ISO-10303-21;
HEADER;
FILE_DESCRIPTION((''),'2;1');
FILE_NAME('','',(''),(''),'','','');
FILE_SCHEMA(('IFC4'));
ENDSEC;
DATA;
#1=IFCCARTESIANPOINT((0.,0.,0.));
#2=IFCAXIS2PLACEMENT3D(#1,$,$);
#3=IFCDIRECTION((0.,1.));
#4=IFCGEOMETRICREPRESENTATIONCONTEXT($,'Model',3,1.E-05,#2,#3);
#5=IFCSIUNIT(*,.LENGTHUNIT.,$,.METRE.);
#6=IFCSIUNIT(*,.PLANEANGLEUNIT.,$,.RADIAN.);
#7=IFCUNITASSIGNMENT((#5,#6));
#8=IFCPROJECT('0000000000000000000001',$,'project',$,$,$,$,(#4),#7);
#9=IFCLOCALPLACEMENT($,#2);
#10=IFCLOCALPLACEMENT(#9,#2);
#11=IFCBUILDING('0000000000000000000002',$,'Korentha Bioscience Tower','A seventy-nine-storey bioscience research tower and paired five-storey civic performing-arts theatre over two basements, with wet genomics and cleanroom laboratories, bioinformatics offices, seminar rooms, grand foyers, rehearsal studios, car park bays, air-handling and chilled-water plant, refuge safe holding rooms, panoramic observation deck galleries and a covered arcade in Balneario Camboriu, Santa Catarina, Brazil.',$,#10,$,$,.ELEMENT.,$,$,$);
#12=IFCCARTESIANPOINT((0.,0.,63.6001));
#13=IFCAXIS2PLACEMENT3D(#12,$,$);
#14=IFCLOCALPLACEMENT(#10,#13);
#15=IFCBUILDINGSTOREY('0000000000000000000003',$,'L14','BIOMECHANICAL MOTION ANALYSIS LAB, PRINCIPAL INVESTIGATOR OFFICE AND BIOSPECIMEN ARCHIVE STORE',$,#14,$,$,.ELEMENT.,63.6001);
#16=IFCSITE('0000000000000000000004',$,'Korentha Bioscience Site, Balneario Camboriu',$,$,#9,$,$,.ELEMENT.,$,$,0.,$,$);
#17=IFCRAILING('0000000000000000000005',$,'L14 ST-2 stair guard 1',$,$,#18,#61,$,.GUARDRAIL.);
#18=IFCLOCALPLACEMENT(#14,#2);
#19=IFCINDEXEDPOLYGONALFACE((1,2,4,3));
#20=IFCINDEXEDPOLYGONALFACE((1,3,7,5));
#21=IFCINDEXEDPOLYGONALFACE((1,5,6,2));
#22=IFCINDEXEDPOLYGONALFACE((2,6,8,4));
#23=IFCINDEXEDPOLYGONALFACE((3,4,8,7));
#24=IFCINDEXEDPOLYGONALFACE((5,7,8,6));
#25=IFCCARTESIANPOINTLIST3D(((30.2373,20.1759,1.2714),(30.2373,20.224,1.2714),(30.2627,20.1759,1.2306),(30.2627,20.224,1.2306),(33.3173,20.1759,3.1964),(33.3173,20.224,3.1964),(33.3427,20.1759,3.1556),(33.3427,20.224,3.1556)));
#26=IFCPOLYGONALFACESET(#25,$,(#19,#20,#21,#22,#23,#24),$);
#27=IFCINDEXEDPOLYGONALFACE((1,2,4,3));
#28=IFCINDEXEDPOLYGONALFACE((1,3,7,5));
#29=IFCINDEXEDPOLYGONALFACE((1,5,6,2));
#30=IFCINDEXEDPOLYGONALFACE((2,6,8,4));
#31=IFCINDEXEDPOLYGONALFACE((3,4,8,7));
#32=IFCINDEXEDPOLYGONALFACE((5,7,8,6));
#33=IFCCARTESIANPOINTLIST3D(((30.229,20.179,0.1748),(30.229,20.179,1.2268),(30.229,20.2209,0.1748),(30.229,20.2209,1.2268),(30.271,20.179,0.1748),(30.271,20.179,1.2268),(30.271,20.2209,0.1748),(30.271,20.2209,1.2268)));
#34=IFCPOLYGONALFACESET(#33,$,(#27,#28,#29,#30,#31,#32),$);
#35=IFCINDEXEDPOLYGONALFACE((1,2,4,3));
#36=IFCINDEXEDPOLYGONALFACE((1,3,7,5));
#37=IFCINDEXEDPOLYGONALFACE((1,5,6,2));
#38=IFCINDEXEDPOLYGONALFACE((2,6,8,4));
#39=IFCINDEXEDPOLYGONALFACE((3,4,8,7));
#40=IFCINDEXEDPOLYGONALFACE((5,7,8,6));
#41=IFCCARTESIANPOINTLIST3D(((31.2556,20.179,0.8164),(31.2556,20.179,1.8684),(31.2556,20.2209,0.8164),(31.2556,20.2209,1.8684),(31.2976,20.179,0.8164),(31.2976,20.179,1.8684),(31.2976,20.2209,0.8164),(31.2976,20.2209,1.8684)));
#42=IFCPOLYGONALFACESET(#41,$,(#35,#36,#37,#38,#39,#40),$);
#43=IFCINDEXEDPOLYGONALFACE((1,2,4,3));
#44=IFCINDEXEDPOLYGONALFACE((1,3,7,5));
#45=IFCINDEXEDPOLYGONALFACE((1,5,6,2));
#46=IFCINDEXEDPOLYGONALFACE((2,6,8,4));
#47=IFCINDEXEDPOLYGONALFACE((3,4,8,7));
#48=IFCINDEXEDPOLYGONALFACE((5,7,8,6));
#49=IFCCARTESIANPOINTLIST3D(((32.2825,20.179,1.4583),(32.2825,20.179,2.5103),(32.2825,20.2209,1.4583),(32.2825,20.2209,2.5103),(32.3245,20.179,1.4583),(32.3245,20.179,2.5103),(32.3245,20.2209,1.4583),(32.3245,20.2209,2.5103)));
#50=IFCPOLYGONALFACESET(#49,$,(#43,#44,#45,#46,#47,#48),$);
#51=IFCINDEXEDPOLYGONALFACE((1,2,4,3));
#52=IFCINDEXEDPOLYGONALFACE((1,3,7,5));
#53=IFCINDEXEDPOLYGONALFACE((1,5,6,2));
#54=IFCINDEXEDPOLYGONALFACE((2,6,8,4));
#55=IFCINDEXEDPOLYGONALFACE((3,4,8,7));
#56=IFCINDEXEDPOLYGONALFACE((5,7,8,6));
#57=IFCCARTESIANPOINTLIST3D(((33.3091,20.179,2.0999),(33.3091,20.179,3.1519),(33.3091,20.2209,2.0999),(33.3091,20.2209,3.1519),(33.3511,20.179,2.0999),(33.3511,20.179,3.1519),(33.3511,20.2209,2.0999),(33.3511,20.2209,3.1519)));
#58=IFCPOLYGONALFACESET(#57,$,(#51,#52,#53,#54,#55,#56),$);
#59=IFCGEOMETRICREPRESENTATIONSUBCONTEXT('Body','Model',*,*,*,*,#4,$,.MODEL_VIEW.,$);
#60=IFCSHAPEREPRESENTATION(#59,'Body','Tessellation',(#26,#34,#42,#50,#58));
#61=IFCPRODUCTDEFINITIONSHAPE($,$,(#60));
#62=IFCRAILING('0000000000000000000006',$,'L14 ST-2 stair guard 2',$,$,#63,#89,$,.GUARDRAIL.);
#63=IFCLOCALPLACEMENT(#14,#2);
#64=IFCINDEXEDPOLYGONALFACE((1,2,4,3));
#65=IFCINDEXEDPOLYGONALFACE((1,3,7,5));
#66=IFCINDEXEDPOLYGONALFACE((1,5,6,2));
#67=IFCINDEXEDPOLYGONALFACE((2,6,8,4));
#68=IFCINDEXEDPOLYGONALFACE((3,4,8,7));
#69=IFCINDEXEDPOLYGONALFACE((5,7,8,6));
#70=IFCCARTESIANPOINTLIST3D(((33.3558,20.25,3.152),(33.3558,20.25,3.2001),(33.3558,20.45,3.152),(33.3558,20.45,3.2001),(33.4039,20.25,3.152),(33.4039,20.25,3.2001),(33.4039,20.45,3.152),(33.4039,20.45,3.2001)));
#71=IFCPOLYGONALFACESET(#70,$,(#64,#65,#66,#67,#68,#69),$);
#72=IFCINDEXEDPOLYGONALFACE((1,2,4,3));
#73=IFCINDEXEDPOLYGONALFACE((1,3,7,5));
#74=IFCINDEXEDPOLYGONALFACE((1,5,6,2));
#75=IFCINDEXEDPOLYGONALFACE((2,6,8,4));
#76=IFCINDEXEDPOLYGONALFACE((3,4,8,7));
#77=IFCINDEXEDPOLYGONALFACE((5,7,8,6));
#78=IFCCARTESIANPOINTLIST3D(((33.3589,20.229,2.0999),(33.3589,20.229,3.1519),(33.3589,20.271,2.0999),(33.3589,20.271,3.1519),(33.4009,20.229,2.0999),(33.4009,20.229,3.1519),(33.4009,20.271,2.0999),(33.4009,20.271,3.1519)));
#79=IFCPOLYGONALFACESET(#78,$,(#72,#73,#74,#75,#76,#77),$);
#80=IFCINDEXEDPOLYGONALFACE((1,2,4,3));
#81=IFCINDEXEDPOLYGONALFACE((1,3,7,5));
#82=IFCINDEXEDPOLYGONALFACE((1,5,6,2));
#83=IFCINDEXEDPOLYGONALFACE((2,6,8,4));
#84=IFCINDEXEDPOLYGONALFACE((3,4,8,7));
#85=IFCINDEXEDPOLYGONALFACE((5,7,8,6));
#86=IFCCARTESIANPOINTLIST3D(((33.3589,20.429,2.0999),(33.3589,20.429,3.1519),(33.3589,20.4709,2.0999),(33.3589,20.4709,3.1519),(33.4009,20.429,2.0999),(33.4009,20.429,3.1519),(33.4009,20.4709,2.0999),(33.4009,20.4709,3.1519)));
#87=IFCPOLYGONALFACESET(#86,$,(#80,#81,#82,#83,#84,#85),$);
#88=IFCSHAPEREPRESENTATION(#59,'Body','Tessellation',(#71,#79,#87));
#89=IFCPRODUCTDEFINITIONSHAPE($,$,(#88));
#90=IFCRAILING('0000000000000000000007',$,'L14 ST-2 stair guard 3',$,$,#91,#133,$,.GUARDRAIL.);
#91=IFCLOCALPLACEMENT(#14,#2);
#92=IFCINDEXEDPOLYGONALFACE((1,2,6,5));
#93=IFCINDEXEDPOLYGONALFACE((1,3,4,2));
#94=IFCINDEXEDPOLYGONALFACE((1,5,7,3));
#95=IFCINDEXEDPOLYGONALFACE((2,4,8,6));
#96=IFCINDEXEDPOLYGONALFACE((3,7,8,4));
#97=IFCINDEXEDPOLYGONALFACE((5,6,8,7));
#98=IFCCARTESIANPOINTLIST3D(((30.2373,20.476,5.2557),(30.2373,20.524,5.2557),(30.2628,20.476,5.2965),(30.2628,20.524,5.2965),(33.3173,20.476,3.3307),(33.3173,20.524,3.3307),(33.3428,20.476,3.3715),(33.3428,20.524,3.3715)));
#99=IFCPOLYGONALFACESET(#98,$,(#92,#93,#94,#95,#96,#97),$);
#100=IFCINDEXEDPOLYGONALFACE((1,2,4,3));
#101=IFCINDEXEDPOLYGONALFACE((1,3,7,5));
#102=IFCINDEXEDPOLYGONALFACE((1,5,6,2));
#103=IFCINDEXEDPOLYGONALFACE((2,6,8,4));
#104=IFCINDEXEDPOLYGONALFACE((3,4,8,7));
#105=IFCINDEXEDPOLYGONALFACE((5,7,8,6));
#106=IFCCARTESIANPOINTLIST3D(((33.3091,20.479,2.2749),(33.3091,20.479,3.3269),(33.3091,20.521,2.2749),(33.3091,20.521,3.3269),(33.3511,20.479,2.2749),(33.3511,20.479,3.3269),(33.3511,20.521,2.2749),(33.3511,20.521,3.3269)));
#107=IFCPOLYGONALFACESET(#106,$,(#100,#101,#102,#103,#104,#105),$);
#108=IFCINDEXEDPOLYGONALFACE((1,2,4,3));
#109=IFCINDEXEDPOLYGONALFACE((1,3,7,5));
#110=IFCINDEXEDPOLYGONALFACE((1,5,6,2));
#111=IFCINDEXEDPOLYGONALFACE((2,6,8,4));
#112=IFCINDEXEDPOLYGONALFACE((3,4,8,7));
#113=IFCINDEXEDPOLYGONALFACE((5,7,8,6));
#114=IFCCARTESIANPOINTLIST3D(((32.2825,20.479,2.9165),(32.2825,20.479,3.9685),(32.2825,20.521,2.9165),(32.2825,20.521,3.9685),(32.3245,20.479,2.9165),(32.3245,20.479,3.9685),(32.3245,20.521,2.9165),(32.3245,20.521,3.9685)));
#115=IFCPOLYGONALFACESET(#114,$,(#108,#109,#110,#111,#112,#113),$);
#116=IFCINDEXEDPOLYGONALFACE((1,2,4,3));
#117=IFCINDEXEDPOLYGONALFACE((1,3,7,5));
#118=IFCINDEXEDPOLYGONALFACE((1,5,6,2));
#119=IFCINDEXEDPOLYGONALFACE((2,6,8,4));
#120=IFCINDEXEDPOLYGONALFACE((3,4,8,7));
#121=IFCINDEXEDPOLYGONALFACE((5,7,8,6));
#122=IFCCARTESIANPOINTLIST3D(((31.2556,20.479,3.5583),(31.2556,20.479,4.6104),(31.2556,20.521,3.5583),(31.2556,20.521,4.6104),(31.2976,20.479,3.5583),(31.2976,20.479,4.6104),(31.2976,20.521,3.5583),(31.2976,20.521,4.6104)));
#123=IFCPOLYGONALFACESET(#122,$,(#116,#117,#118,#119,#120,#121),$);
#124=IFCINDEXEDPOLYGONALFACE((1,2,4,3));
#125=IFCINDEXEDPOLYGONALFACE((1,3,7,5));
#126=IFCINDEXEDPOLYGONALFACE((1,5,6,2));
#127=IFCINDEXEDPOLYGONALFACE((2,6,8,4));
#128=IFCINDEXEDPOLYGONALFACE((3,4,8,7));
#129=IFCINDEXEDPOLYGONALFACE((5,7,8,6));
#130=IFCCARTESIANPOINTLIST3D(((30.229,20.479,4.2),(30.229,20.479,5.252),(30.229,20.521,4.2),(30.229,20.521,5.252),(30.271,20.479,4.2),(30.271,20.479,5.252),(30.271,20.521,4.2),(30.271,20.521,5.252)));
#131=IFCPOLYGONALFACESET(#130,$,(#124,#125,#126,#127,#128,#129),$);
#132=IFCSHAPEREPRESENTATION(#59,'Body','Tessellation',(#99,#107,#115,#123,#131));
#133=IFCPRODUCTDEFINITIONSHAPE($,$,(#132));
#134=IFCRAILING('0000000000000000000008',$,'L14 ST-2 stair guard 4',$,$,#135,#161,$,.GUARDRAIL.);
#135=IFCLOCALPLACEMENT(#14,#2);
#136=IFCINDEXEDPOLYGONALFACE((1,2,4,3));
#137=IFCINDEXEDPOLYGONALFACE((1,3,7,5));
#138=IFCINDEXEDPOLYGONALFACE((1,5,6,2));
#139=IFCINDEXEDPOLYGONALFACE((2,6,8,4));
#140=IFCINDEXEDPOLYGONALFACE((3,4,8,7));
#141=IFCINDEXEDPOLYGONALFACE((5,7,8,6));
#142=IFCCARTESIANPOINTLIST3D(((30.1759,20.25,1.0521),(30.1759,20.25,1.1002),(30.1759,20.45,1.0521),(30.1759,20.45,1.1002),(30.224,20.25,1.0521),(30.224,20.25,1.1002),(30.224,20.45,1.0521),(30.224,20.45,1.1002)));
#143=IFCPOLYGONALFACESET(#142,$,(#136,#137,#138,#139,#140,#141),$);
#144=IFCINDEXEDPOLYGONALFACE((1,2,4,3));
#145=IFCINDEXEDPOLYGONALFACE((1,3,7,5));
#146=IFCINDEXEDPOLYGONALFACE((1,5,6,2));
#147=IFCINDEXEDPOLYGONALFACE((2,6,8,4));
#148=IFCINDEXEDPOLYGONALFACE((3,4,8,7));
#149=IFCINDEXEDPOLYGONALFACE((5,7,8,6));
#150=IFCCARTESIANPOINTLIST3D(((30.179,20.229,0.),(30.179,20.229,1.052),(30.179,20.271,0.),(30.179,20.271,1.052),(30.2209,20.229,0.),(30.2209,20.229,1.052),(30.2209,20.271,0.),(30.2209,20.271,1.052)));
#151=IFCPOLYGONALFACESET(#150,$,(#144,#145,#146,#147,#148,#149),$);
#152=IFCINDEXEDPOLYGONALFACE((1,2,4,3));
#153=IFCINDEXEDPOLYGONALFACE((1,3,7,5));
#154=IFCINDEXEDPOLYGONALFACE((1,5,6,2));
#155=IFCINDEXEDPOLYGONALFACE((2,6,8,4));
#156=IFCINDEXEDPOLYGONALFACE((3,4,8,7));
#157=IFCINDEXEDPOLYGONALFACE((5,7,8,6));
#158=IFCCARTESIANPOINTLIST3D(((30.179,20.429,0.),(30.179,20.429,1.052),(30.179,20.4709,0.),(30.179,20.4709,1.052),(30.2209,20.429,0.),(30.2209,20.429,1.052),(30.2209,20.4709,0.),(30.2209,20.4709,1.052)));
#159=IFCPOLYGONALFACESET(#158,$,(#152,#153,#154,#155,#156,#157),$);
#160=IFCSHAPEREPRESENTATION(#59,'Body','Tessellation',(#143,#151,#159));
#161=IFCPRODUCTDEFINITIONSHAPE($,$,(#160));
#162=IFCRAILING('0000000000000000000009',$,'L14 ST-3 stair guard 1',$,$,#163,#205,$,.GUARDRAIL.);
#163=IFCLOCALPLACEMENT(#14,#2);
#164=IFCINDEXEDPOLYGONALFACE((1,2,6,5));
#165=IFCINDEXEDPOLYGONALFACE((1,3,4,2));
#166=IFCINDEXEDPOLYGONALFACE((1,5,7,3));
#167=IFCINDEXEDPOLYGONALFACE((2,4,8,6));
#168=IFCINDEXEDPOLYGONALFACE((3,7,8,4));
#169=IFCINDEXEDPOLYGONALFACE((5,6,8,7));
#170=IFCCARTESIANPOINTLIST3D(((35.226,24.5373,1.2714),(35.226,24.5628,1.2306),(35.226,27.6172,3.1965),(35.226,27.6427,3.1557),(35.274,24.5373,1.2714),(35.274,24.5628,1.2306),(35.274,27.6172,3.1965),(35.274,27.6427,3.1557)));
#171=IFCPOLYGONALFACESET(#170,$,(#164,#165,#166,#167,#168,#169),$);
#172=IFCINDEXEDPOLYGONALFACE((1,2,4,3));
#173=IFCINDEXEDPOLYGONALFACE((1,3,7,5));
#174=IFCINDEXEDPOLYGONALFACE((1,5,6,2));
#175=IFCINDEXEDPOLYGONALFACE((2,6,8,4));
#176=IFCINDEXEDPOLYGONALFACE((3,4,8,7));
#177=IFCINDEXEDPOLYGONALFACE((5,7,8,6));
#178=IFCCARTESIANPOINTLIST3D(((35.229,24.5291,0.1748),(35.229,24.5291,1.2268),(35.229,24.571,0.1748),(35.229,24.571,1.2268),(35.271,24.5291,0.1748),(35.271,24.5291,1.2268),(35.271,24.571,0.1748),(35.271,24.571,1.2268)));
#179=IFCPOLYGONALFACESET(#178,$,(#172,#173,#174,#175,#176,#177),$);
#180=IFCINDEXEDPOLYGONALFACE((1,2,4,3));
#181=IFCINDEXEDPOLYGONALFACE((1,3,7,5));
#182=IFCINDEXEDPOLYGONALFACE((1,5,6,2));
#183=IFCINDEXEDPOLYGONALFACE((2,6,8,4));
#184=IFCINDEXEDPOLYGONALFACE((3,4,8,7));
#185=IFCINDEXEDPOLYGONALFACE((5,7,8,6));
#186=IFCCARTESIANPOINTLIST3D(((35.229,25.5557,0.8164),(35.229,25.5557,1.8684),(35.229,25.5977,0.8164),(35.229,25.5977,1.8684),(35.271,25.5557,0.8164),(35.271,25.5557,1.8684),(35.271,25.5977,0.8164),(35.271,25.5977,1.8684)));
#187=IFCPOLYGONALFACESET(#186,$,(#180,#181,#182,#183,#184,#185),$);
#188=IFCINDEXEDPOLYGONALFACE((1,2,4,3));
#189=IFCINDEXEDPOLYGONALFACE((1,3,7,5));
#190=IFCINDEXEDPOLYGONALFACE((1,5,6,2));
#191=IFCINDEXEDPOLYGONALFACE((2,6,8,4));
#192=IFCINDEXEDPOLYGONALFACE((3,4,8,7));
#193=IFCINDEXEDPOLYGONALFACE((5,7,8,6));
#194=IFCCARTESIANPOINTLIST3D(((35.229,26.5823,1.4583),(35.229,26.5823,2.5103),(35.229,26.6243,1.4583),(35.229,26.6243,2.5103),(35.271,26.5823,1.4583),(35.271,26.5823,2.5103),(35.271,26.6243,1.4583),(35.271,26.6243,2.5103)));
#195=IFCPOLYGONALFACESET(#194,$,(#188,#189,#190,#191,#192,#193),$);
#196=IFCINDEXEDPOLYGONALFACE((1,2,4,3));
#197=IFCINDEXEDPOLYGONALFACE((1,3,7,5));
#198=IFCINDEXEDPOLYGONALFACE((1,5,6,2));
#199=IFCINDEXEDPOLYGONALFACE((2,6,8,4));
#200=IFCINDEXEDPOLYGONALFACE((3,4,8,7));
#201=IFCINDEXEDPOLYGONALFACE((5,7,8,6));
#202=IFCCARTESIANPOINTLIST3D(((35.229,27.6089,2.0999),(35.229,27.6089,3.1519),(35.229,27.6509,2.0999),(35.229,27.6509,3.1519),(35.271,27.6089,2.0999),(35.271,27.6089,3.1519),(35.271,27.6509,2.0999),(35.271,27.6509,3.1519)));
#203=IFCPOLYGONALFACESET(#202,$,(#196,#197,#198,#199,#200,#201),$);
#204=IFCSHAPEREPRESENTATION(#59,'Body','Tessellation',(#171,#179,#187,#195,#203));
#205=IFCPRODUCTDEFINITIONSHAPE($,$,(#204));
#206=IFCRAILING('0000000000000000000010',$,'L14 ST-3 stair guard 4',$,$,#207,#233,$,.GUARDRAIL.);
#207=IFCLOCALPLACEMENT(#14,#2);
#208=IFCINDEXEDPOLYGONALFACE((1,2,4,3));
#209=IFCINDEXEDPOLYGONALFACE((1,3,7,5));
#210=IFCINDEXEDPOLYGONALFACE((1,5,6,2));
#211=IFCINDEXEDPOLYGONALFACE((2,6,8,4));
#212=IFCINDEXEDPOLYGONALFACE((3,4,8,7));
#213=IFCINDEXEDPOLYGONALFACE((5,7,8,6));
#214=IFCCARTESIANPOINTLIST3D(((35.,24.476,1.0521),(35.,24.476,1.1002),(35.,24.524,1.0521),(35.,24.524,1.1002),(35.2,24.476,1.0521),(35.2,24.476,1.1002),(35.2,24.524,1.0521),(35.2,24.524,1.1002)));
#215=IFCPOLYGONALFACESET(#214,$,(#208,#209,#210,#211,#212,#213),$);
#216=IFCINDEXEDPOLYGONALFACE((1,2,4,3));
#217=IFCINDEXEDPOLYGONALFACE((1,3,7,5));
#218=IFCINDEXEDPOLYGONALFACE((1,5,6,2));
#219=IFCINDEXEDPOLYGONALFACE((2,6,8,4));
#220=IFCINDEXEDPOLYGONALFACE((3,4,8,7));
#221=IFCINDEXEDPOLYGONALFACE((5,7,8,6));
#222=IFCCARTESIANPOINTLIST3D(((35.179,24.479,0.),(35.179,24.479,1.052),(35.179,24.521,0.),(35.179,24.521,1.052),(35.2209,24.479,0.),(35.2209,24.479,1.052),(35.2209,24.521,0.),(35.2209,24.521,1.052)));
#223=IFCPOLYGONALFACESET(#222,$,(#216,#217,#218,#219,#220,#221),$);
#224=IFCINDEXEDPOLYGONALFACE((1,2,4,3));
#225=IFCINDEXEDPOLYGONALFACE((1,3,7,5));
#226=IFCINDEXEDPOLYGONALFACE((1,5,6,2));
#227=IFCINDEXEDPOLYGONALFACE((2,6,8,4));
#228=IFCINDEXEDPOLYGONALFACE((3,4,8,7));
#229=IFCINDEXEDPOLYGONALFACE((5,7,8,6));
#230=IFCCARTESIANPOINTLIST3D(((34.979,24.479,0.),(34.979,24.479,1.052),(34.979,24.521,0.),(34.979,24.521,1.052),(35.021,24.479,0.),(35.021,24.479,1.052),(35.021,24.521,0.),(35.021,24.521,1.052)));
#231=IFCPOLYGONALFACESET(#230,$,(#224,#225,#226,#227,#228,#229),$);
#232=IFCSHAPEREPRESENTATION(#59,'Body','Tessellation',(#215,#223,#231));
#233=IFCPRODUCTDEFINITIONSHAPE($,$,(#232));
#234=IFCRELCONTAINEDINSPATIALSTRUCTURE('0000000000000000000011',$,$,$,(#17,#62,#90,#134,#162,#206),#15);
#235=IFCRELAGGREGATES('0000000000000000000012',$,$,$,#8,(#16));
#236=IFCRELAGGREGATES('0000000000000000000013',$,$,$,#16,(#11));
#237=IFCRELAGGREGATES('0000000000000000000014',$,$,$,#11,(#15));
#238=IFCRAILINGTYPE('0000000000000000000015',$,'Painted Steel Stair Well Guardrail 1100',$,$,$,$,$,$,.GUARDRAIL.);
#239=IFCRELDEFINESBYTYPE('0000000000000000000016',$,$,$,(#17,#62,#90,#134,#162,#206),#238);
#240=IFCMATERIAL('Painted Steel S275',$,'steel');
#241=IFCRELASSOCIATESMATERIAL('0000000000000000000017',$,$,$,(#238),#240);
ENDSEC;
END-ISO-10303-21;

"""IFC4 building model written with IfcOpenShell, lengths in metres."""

from ifc_helpers import new_model, si_unit, direction, frame, origin, origin_2d, place, context, subcontext, project, spatial, rectangle, extrude, material, type_object, element, save


model = new_model("IFC4")

# Units and contexts
model_context = context("Model", 3, precision=1e-05, world=origin(), true_north=direction((0.0, 1.0)))
body_context = subcontext(model_context, "Body", "Model", "MODEL_VIEW")
ifc_project = project(units=[si_unit("LENGTHUNIT", "METRE"), si_unit("PLANEANGLEUNIT", "RADIAN")], contexts=[model_context])

# Site, building, storey
site_placement = place(None, origin())
site = spatial("IfcSite", under=ifc_project, at=site_placement, Name="Korentha Bioscience Site, Balneario Camboriu", CompositionType="ELEMENT", RefElevation=0.0)
building_placement = place(site_placement, origin())
building = spatial("IfcBuilding", under=site, at=building_placement, Name="Korentha Bioscience Tower", Description="A seventy-nine-storey bioscience research tower and paired five-storey civic performing-arts theatre over two basements, with wet genomics and cleanroom laboratories, bioinformatics offices, seminar rooms, grand foyers, rehearsal studios, car park bays, air-handling and chilled-water plant, refuge safe holding rooms, panoramic observation deck galleries and a covered arcade in Balneario Camboriu, Santa Catarina, Brazil.", CompositionType="ELEMENT")
storey_placement = place(building_placement, frame((0.0, 0.0, 63.6001)))
storey = spatial("IfcBuildingStorey", under=building, at=storey_placement, Name="L14", Description="BIOMECHANICAL MOTION ANALYSIS LAB, PRINCIPAL INVESTIGATOR OFFICE AND BIOSPECIMEN ARCHIVE STORE", CompositionType="ELEMENT", Elevation=63.6001)

# Railings
ifc_material_1 = material(Name="Painted Steel S275", Category="steel")
railing_type_1 = type_object("IfcRailingType", Name="Painted Steel Stair Well Guardrail 1100", PredefinedType="GUARDRAIL", material=ifc_material_1)
railing_1_placement = place(storey_placement, frame((30.25, 20.2, 0.1748)))
element("IfcRailing", 1, at=railing_1_placement, inside=storey, type_object=railing_type_1, Name="L14 ST-2 stair guard 1", PredefinedType="GUARDRAIL", context=body_context, shape_type="SweptSolid", body=[
    extrude(rectangle(XDim=0.0481, YDim=0.0481, at=origin_2d()), frame((0.0, 0.0, 1.0762), z_axis=(0.847998, 0.0, 0.529999), x_axis=(0.0, 1.0, 0.0)), (0.0, 0.0, 1.0), 3.6321),
    extrude(rectangle(XDim=0.042, YDim=0.042, at=origin_2d()), origin(), (0.0, 0.0, 1.0), 1.052),
    extrude(rectangle(XDim=0.042, YDim=0.042, at=origin_2d()), frame((1.0266, 0.0, 0.6416)), (0.0, 0.0, 1.0), 1.052),
    extrude(rectangle(XDim=0.042, YDim=0.042, at=origin_2d()), frame((2.0535, 0.0, 1.2834)), (0.0, 0.0, 1.0), 1.052),
    extrude(rectangle(XDim=0.042, YDim=0.042, at=origin_2d()), frame((3.0801, 0.0, 1.925)), (0.0, 0.0, 1.0), 1.052),
])
railing_2_placement = place(storey_placement, frame((33.3799, 20.25, 2.0999)))
element("IfcRailing", 2, at=railing_2_placement, inside=storey, type_object=railing_type_1, Name="L14 ST-2 stair guard 2", PredefinedType="GUARDRAIL", context=body_context, shape_type="SweptSolid", body=[
    extrude(rectangle(XDim=0.0481, YDim=0.0481, at=origin_2d()), frame((0.0, 0.0, 1.0762), z_axis=(0.0, 1.0, 0.0), x_axis=(-1.0, 0.0, 0.0)), (0.0, 0.0, 1.0), 0.2),
    extrude(rectangle(XDim=0.042, YDim=0.042, at=origin_2d()), origin(), (0.0, 0.0, 1.0), 1.052),
    extrude(rectangle(XDim=0.042, YDim=0.042, at=origin_2d()), frame((0.0, 0.2, 0.0)), (0.0, 0.0, 1.0), 1.052),
])
railing_3_placement = place(storey_placement, frame((33.3301, 20.5, 2.2749)))
element("IfcRailing", 3, at=railing_3_placement, inside=storey, type_object=railing_type_1, Name="L14 ST-2 stair guard 3", PredefinedType="GUARDRAIL", context=body_context, shape_type="SweptSolid", body=[
    extrude(rectangle(XDim=0.0481, YDim=0.0481, at=origin_2d()), frame((0.0, 0.0, 1.0762), z_axis=(-0.847998, 0.0, 0.529999), x_axis=(0.0, -1.0, 0.0)), (0.0, 0.0, 1.0), 3.6321),
    extrude(rectangle(XDim=0.042, YDim=0.042, at=origin_2d()), origin(), (0.0, 0.0, 1.0), 1.052),
    extrude(rectangle(XDim=0.042, YDim=0.042, at=origin_2d()), frame((-1.0266, 0.0, 0.6416)), (0.0, 0.0, 1.0), 1.052),
    extrude(rectangle(XDim=0.042, YDim=0.042, at=origin_2d()), frame((-2.0535, 0.0, 1.2834)), (0.0, 0.0, 1.0), 1.052),
    extrude(rectangle(XDim=0.042, YDim=0.042, at=origin_2d()), frame((-3.0801, 0.0, 1.925)), (0.0, 0.0, 1.0), 1.052),
])
railing_4_placement = place(storey_placement, frame((30.2, 20.25, 0.0)))
element("IfcRailing", 4, at=railing_4_placement, inside=storey, type_object=railing_type_1, Name="L14 ST-2 stair guard 4", PredefinedType="GUARDRAIL", context=body_context, shape_type="SweptSolid", body=[
    extrude(rectangle(XDim=0.0481, YDim=0.0481, at=origin_2d()), frame((0.0, 0.0, 1.0762), z_axis=(0.0, 1.0, 0.0), x_axis=(-1.0, 0.0, 0.0)), (0.0, 0.0, 1.0), 0.2),
    extrude(rectangle(XDim=0.042, YDim=0.042, at=origin_2d()), origin(), (0.0, 0.0, 1.0), 1.052),
    extrude(rectangle(XDim=0.042, YDim=0.042, at=origin_2d()), frame((0.0, 0.2, 0.0)), (0.0, 0.0, 1.0), 1.052),
])
railing_5_placement = place(storey_placement, frame((35.25, 24.55, 0.1748)))
element("IfcRailing", 5, at=railing_5_placement, inside=storey, type_object=railing_type_1, Name="L14 ST-3 stair guard 1", PredefinedType="GUARDRAIL", context=body_context, shape_type="SweptSolid", body=[
    extrude(rectangle(XDim=0.0481, YDim=0.0481, at=origin_2d()), frame((0.0, 0.0, 1.0762), z_axis=(0.0, 0.847979, 0.530029), x_axis=(-1.0, 0.0, 0.0)), (0.0, 0.0, 1.0), 3.6321),
    extrude(rectangle(XDim=0.042, YDim=0.042, at=origin_2d()), origin(), (0.0, 0.0, 1.0), 1.052),
    extrude(rectangle(XDim=0.042, YDim=0.042, at=origin_2d()), frame((0.0, 1.0266, 0.6416)), (0.0, 0.0, 1.0), 1.052),
    extrude(rectangle(XDim=0.042, YDim=0.042, at=origin_2d()), frame((0.0, 2.0532, 1.2834)), (0.0, 0.0, 1.0), 1.052),
    extrude(rectangle(XDim=0.042, YDim=0.042, at=origin_2d()), frame((0.0, 3.0798, 1.925)), (0.0, 0.0, 1.0), 1.052),
])
railing_6_placement = place(storey_placement, frame((35.2, 24.5, 0.0)))
element("IfcRailing", 6, at=railing_6_placement, inside=storey, type_object=railing_type_1, Name="L14 ST-3 stair guard 4", PredefinedType="GUARDRAIL", context=body_context, shape_type="SweptSolid", body=[
    extrude(rectangle(XDim=0.0481, YDim=0.0481, at=origin_2d()), frame((0.0, 0.0, 1.0762), z_axis=(-1.0, 0.0, 0.0), x_axis=(0.0, -1.0, 0.0)), (0.0, 0.0, 1.0), 0.2),
    extrude(rectangle(XDim=0.042, YDim=0.042, at=origin_2d()), origin(), (0.0, 0.0, 1.0), 1.052),
    extrude(rectangle(XDim=0.042, YDim=0.042, at=origin_2d()), frame((-0.2, 0.0, 0.0)), (0.0, 0.0, 1.0), 1.052),
])

save(model, "model.ifc")
